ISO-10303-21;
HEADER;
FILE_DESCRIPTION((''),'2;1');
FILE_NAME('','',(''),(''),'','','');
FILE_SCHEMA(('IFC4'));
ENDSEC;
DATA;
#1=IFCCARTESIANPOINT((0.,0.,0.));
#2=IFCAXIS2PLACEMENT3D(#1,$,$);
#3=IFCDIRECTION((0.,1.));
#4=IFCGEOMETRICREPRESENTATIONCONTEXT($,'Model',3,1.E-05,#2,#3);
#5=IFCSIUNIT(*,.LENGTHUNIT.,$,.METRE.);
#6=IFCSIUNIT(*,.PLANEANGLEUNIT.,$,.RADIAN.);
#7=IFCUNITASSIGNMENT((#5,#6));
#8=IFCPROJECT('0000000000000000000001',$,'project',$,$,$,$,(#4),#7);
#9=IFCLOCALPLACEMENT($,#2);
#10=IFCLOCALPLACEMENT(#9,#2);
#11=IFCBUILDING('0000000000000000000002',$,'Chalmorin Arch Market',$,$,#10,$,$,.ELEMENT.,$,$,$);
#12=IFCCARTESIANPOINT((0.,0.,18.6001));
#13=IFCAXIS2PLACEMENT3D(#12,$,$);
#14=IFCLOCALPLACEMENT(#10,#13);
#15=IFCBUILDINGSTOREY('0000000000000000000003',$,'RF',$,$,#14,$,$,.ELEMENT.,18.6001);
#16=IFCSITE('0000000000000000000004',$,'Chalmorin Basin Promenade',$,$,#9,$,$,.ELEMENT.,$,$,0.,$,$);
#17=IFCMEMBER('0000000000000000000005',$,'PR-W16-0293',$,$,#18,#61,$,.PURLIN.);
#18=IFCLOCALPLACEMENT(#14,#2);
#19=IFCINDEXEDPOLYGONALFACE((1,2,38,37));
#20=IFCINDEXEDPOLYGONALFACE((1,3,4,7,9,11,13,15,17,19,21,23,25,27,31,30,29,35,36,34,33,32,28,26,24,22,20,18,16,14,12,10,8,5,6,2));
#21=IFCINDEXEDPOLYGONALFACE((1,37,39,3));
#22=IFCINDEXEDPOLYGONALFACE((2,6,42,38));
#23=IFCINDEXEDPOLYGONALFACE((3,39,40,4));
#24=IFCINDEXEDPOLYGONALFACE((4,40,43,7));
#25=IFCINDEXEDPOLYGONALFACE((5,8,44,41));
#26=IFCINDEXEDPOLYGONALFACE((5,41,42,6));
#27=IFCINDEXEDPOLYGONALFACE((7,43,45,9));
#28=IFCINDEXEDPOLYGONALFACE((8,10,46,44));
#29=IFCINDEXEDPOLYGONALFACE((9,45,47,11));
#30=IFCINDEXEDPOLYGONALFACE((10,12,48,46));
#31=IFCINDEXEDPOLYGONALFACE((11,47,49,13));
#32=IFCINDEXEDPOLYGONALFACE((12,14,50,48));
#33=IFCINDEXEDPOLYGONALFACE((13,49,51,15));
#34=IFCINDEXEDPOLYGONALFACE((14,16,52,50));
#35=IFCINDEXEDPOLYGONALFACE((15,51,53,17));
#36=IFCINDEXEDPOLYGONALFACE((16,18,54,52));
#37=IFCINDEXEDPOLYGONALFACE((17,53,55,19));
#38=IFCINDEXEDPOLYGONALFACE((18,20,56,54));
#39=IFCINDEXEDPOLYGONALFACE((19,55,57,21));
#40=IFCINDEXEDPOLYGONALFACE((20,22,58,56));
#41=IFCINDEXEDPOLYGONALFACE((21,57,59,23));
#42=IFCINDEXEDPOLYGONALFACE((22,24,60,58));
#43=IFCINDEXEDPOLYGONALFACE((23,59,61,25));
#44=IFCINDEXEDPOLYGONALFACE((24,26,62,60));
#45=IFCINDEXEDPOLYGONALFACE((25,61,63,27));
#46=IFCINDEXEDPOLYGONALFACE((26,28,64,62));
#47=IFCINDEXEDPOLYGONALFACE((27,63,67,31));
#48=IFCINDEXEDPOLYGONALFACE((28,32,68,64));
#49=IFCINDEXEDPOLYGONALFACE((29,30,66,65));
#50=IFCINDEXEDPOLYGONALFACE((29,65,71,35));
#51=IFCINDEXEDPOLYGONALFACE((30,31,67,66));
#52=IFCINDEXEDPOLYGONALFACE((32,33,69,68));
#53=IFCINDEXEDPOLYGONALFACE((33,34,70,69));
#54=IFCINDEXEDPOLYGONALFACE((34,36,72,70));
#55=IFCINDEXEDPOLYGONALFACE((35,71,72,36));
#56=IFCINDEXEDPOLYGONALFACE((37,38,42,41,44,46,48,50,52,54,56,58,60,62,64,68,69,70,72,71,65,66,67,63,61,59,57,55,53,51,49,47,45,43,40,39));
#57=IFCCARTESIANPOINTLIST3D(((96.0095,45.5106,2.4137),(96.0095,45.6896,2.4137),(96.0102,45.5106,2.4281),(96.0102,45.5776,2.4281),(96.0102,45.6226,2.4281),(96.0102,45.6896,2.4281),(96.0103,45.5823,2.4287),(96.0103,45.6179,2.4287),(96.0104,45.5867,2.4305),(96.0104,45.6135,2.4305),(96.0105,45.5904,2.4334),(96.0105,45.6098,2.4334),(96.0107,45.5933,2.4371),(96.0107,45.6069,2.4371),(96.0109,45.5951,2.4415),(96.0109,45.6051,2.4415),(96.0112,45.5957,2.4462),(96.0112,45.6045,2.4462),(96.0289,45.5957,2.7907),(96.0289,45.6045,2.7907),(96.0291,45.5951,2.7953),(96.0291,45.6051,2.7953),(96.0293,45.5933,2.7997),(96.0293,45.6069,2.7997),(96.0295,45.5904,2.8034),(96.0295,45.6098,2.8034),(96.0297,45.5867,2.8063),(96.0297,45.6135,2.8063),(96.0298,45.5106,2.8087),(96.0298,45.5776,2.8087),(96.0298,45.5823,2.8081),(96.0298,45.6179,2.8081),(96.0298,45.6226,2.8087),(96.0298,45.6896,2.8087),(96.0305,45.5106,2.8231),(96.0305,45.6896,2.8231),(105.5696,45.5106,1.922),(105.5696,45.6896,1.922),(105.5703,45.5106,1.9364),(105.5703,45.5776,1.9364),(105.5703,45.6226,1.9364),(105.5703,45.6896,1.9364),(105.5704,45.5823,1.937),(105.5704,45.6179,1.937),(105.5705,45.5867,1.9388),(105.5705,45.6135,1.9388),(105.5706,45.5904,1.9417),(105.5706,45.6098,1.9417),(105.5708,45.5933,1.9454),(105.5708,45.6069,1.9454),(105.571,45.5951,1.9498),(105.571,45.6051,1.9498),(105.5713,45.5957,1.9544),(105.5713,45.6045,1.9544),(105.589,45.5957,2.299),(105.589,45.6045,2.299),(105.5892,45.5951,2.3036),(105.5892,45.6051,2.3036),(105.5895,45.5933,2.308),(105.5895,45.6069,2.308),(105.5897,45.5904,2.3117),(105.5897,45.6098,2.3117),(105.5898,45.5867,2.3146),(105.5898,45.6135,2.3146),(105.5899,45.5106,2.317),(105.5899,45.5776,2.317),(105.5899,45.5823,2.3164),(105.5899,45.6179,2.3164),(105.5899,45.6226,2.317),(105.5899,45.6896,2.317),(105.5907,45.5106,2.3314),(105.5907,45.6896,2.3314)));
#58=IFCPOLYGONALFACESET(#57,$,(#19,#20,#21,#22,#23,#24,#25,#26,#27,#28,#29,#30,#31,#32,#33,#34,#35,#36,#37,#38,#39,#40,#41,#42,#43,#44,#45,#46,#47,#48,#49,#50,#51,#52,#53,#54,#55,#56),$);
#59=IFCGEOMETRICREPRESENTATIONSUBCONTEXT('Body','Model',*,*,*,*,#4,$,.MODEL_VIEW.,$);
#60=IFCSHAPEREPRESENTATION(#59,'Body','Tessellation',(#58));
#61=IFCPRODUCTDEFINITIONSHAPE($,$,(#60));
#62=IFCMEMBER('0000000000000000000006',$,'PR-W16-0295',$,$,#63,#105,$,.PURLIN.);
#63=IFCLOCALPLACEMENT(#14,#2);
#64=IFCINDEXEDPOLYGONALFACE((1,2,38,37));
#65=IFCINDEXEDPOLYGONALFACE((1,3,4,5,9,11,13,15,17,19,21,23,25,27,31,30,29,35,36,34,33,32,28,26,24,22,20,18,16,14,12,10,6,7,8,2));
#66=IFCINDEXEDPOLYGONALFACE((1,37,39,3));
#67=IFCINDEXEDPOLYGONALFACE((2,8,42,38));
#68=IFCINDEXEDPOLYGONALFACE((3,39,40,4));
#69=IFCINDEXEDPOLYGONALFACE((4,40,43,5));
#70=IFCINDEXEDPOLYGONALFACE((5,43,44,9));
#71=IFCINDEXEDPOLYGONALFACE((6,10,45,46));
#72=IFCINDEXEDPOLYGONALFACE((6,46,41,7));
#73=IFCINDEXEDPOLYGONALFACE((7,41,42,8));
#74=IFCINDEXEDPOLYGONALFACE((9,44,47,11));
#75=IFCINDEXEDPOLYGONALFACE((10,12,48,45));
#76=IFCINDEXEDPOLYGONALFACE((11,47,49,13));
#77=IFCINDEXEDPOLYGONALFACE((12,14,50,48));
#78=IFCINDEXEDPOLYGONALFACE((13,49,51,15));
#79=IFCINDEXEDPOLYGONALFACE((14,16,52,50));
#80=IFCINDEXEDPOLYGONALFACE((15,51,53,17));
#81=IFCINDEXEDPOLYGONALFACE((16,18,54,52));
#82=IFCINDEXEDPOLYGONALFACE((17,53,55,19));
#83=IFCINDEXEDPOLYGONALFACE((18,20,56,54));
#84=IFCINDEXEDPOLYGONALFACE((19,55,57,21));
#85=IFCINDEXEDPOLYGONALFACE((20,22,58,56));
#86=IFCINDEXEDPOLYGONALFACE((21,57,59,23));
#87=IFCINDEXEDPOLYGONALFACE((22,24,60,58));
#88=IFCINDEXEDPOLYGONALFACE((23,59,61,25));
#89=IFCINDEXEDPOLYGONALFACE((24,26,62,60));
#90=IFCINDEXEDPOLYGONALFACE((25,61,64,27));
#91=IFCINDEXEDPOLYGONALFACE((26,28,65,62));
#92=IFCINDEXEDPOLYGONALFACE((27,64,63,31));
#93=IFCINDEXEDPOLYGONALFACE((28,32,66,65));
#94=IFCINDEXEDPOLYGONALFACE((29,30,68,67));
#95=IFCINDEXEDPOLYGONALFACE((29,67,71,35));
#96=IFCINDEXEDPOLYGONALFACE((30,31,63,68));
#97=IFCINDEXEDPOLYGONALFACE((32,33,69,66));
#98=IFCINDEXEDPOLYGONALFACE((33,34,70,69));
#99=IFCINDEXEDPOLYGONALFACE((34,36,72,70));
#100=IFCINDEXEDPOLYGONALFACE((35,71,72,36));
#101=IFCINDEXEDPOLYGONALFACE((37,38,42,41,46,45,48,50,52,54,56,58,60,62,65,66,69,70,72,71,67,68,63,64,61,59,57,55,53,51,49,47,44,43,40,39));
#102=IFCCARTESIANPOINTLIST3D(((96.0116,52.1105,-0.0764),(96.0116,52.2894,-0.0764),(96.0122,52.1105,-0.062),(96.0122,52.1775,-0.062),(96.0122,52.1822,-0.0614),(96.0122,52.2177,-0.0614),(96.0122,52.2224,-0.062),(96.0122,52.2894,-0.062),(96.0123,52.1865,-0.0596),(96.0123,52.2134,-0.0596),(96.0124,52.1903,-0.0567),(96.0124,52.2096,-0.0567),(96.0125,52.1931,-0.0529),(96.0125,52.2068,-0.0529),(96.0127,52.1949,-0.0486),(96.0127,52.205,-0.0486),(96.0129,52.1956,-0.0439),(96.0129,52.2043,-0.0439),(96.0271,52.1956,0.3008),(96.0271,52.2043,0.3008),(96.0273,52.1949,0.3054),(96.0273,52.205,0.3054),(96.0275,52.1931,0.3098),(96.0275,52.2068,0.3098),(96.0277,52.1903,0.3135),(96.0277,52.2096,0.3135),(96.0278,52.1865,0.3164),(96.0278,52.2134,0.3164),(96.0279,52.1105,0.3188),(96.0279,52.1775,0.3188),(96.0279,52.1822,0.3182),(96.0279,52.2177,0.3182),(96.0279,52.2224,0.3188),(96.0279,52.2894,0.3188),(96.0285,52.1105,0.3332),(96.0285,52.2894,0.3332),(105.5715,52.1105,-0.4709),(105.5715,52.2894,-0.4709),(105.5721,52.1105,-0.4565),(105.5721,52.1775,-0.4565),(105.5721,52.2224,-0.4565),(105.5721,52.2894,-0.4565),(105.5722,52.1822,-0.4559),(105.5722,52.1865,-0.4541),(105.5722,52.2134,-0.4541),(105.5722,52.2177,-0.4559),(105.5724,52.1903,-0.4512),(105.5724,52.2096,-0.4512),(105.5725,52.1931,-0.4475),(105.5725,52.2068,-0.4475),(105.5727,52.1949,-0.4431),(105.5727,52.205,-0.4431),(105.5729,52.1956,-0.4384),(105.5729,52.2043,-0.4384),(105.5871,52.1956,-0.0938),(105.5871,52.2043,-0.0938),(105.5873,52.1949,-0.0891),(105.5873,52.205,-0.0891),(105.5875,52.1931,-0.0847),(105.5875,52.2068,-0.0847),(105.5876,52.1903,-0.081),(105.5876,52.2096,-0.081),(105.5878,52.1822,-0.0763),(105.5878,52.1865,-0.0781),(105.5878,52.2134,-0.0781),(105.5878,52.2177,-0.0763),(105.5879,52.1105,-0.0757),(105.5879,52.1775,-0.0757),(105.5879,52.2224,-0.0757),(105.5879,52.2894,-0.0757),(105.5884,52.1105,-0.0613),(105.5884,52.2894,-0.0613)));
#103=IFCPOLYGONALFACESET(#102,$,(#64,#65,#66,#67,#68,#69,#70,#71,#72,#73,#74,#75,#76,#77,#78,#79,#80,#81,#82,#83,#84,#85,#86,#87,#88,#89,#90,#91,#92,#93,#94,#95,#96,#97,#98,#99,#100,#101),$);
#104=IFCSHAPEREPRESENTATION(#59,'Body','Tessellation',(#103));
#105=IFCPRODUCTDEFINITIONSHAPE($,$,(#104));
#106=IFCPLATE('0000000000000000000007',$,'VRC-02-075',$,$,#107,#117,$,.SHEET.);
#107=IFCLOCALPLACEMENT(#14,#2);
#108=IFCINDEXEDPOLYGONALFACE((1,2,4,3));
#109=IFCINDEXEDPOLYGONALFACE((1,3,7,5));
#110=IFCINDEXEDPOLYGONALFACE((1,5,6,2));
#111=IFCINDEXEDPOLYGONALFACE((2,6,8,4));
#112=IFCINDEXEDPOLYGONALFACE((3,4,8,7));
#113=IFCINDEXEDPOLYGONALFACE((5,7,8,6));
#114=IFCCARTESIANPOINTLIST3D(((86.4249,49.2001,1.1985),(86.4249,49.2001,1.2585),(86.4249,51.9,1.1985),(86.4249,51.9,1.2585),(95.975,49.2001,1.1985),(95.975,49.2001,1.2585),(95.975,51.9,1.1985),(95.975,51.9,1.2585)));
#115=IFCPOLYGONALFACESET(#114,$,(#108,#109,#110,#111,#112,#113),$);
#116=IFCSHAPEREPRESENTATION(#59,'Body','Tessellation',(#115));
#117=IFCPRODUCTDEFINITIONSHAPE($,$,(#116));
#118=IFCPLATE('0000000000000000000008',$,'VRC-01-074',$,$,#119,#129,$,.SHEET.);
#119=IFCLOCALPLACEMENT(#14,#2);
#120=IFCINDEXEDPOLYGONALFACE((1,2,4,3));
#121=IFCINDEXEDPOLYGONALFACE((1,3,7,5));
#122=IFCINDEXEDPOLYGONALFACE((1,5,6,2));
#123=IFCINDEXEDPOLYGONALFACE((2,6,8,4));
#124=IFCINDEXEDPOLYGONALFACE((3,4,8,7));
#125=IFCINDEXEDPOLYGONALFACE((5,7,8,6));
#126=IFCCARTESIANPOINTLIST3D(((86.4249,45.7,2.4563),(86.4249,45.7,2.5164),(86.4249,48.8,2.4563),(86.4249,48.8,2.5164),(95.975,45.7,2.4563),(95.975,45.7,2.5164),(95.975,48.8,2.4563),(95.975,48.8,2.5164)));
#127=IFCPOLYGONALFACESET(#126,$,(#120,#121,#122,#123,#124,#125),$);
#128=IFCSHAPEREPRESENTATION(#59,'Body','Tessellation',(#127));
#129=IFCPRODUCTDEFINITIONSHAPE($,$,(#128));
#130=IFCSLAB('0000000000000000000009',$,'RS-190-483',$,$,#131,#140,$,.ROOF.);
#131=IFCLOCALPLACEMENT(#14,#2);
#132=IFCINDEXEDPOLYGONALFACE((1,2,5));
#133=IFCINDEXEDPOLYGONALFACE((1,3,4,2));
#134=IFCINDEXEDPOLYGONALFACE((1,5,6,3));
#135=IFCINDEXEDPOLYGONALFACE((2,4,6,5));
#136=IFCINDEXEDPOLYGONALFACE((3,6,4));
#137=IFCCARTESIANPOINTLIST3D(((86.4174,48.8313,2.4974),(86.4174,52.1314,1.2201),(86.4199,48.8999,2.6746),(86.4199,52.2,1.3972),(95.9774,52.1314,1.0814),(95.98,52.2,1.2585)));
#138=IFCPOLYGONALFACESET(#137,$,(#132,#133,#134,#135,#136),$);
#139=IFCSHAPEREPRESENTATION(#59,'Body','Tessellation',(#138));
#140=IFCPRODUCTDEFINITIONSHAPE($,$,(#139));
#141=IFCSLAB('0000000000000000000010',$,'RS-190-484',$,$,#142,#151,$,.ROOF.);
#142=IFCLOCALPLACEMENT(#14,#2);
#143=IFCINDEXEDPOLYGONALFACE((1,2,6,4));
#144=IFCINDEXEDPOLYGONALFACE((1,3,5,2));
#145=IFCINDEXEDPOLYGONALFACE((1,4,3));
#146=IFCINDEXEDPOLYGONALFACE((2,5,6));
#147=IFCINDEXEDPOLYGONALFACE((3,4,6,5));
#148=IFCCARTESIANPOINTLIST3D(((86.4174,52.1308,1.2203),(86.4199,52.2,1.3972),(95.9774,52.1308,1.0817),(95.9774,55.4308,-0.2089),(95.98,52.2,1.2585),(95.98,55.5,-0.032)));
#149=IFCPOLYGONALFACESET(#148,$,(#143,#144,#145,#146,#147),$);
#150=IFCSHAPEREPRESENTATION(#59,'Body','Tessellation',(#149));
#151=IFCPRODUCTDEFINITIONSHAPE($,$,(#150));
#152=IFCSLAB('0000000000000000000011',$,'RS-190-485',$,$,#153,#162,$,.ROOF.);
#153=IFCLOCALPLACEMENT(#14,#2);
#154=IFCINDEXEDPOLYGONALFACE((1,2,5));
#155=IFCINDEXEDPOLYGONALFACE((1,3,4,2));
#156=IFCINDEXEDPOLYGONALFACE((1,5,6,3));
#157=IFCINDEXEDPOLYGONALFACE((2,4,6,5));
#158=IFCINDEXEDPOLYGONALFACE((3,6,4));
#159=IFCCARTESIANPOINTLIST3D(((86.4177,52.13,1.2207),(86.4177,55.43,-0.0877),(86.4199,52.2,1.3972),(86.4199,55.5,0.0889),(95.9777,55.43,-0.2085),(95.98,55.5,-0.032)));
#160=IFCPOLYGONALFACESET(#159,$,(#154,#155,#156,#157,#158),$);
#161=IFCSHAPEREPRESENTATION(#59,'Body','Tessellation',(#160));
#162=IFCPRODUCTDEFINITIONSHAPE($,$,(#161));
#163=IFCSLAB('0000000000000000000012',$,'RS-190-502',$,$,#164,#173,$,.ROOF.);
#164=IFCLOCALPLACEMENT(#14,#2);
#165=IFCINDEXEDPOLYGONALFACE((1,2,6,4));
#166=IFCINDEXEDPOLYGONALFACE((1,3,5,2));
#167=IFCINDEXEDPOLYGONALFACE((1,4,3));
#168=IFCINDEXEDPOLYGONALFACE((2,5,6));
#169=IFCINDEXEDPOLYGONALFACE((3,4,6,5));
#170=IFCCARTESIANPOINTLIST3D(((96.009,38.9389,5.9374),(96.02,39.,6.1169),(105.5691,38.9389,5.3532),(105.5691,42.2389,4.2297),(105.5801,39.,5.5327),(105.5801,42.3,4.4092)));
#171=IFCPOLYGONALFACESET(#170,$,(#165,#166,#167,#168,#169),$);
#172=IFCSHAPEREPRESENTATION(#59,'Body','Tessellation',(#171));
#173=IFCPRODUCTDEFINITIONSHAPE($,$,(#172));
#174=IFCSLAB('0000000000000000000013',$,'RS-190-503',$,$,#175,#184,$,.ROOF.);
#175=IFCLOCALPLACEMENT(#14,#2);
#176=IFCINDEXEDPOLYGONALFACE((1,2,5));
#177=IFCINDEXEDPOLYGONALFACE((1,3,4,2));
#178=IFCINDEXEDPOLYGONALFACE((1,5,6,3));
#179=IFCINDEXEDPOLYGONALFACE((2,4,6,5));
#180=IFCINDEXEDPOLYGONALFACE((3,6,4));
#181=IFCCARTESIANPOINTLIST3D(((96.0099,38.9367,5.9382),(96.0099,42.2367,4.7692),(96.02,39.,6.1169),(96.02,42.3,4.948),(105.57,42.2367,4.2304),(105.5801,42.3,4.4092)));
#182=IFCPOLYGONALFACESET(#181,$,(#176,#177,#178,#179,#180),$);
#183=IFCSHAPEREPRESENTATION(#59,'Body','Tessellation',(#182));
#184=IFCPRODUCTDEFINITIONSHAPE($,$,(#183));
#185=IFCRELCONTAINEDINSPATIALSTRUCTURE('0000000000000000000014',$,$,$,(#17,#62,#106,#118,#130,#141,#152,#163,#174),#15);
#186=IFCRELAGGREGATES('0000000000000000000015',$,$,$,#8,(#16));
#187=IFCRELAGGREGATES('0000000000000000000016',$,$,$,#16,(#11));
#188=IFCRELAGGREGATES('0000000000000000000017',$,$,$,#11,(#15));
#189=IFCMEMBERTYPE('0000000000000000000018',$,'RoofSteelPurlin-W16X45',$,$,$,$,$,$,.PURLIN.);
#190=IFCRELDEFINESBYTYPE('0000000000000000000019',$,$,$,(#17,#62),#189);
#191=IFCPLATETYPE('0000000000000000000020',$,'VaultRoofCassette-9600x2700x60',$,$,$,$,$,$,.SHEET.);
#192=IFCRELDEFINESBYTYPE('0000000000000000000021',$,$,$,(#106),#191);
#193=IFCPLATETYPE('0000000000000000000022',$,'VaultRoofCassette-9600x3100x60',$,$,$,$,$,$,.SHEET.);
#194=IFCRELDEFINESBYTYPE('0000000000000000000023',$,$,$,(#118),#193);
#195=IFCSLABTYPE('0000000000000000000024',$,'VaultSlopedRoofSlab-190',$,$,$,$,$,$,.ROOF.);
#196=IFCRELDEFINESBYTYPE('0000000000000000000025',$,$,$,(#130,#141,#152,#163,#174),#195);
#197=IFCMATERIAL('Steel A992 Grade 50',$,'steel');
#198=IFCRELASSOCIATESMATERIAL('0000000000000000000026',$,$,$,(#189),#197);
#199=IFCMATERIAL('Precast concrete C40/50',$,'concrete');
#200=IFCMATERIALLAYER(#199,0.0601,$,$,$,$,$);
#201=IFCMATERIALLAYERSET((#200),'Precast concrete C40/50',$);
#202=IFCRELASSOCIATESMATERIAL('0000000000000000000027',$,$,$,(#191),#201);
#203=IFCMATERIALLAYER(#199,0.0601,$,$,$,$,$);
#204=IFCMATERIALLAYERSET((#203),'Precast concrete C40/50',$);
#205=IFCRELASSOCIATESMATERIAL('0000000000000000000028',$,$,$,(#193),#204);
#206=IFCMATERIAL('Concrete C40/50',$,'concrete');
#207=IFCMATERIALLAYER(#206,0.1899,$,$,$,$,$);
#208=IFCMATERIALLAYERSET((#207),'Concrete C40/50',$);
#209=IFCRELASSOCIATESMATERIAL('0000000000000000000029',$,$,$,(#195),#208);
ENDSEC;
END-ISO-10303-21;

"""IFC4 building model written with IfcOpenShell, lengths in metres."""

from ifc_helpers import new_model, si_unit, direction, frame, origin, origin_2d, place, context, subcontext, project, spatial, polyline, rectangle, i_section, outline, extrude, material, layer, layer_set, material_profile, profile_set, type_object, element, save


model = new_model("IFC4")

# Units and contexts
model_context = context("Model", 3, precision=1e-05, world=origin(), true_north=direction((0.0, 1.0)))
body_context = subcontext(model_context, "Body", "Model", "MODEL_VIEW")
ifc_project = project(units=[si_unit("LENGTHUNIT", "METRE"), si_unit("PLANEANGLEUNIT", "RADIAN")], contexts=[model_context])

# Site, building, storey
site_placement = place(None, origin())
site = spatial("IfcSite", under=ifc_project, at=site_placement, Name="Chalmorin Basin Promenade", CompositionType="ELEMENT", RefElevation=0.0)
building_placement = place(site_placement, origin())
building = spatial("IfcBuilding", under=site, at=building_placement, Name="Chalmorin Arch Market", CompositionType="ELEMENT")
storey_placement = place(building_placement, frame((0.0, 0.0, 18.6001)))
storey = spatial("IfcBuildingStorey", under=building, at=storey_placement, Name="RF", CompositionType="ELEMENT", Elevation=18.6001)

# Members
ifc_material_1 = material(Name="Steel A992 Grade 50", Category="steel")
ifc_material_profile_1 = material_profile(ifc_material_1, i_section(OverallWidth=0.179, OverallDepth=0.4099, WebThickness=0.0088, FlangeThickness=0.0144, FilletRadius=0.0181, at=origin_2d()), Name="W16X45")
ifc_profile_set_1 = profile_set([ifc_material_profile_1], Name="Steel A992 Grade 50")
member_type_1 = type_object("IfcMemberType", Name="RoofSteelPurlin-W16X45", PredefinedType="PURLIN", material=ifc_profile_set_1)
member_1_placement = place(storey_placement, frame((96.02, 45.6001, 2.6184), z_axis=(0.99868, 0.0, -0.051365), x_axis=(0.0, 1.0, 0.0)))
element("IfcMember", 1, at=member_1_placement, inside=storey, type_object=member_type_1, Name="PR-W16-0293", PredefinedType="PURLIN", context=body_context, shape_type="SweptSolid", body=[
    extrude(i_section(OverallWidth=0.179, OverallDepth=0.4099, WebThickness=0.0088, FlangeThickness=0.0144, FilletRadius=0.0181, at=origin_2d()), origin(), (0.0, 0.0, 1.0), 9.5728),
])
member_2_placement = place(storey_placement, frame((96.02, 52.2, 0.1284), z_axis=(0.99915, 0.0, -0.041234), x_axis=(0.0, 1.0, 0.0)))
element("IfcMember", 2, at=member_2_placement, inside=storey, type_object=member_type_1, Name="PR-W16-0295", PredefinedType="PURLIN", context=body_context, shape_type="SweptSolid", body=[
    extrude(i_section(OverallWidth=0.179, OverallDepth=0.4099, WebThickness=0.0088, FlangeThickness=0.0144, FilletRadius=0.0181, at=origin_2d()), origin(), (0.0, 0.0, 1.0), 9.5681),
])

# Plates
ifc_material_2 = material(Name="Precast concrete C40/50", Category="concrete")
ifc_layer_1 = layer(ifc_material_2, 0.0601)
ifc_layer_set_1 = layer_set([ifc_layer_1], Name="Precast concrete C40/50")
plate_type_1 = type_object("IfcPlateType", Name="VaultRoofCassette-9600x2700x60", PredefinedType="SHEET", material=ifc_layer_set_1)
plate_1_placement = place(storey_placement, frame((91.2, 50.55, 1.1985), z_axis=(0.0, 0.0, 1.0), x_axis=(1.0, 0.0, 0.0)))
element("IfcPlate", 3, at=plate_1_placement, inside=storey, type_object=plate_type_1, Name="VRC-02-075", PredefinedType="SHEET", context=body_context, shape_type="SweptSolid", body=[
    extrude(rectangle(XDim=9.55, YDim=2.7, at=origin_2d()), origin(), (0.0, 0.0, 1.0), 0.0601),
])
ifc_layer_2 = layer(ifc_material_2, 0.0601)
ifc_layer_set_2 = layer_set([ifc_layer_2], Name="Precast concrete C40/50")
plate_type_2 = type_object("IfcPlateType", Name="VaultRoofCassette-9600x3100x60", PredefinedType="SHEET", material=ifc_layer_set_2)
plate_2_placement = place(storey_placement, frame((91.2, 47.25, 2.4563), z_axis=(0.0, 0.0, 1.0), x_axis=(1.0, 0.0, 0.0)))
element("IfcPlate", 4, at=plate_2_placement, inside=storey, type_object=plate_type_2, Name="VRC-01-074", PredefinedType="SHEET", context=body_context, shape_type="SweptSolid", body=[
    extrude(rectangle(XDim=9.55, YDim=3.1001, at=origin_2d()), origin(), (0.0, 0.0, 1.0), 0.0601),
])

# Slabs
ifc_material_3 = material(Name="Concrete C40/50", Category="concrete")
ifc_layer_3 = layer(ifc_material_3, 0.1899)
ifc_layer_set_3 = layer_set([ifc_layer_3], Name="Concrete C40/50")
slab_type = type_object("IfcSlabType", Name="VaultSlopedRoofSlab-190", PredefinedType="ROOF", material=ifc_layer_set_3)
slab_1_placement = place(storey_placement, frame((86.4199, 48.8999, 2.6746), z_axis=(0.013526, 0.360938, 0.932492), x_axis=(0.936136, 0.323146, -0.138658)))
element("IfcSlab", 5, at=slab_1_placement, inside=storey, type_object=slab_type, Name="RS-190-483", PredefinedType="ROOF", context=body_context, shape_type="SweptSolid", body=[
    extrude(outline(polyline([(0.0, 0.0), (10.2123, 0.0), (1.2435, 3.3129), (0.0, 0.0)])), origin(), (0.0, 0.0, -1.0), 0.1899),
])
slab_2_placement = place(storey_placement, frame((86.4199, 52.2, 1.3972), z_axis=(0.013508, 0.364171, 0.931234), x_axis=(0.999895, 0.0, -0.014504)))
element("IfcSlab", 6, at=slab_2_placement, inside=storey, type_object=slab_type, Name="RS-190-484", PredefinedType="ROOF", context=body_context, shape_type="SweptSolid", body=[
    extrude(outline(polyline([(0.0, 0.0), (9.5611, 0.0), (9.5798, 3.5434), (0.0, 0.0)])), origin(), (0.0, 0.0, -1.0), 0.1899),
])
slab_3_placement = place(storey_placement, frame((86.4199, 52.2, 1.3972), z_axis=(0.01175, 0.36853, 0.929542), x_axis=(0.935968, 0.323088, -0.139924)))
element("IfcSlab", 7, at=slab_3_placement, inside=storey, type_object=slab_type, Name="RS-190-485", PredefinedType="ROOF", context=body_context, shape_type="SweptSolid", body=[
    extrude(outline(polyline([(0.0, 0.0), (10.2141, 0.0), (1.2493, 3.3229), (0.0, 0.0)])), origin(), (0.0, 0.0, -1.0), 0.1899),
])
slab_4_placement = place(storey_placement, frame((96.02, 39.0, 6.1169), z_axis=(0.057754, 0.321755, 0.94506), x_axis=(0.998138, 0.0, -0.060998)))
element("IfcSlab", 8, at=slab_4_placement, inside=storey, type_object=slab_type, Name="RS-190-502", PredefinedType="ROOF", context=body_context, shape_type="SweptSolid", body=[
    extrude(outline(polyline([(0.0, 0.0), (9.5779, 0.0), (9.6464, 3.4854), (0.0, 0.0)])), origin(), (0.0, 0.0, -1.0), 0.1899),
])
slab_5_placement = place(storey_placement, frame((96.02, 39.0, 6.1169), z_axis=(0.053052, 0.333422, 0.941284), x_axis=(0.932072, 0.321743, -0.166501)))
element("IfcSlab", 9, at=slab_5_placement, inside=storey, type_object=slab_type, Name="RS-190-503", PredefinedType="ROOF", context=body_context, shape_type="SweptSolid", body=[
    extrude(outline(polyline([(0.0, 0.0), (10.2568, 0.0), (1.2564, 3.2678), (0.0, 0.0)])), origin(), (0.0, 0.0, -1.0), 0.1899),
])

save(model, "model.ifc")
